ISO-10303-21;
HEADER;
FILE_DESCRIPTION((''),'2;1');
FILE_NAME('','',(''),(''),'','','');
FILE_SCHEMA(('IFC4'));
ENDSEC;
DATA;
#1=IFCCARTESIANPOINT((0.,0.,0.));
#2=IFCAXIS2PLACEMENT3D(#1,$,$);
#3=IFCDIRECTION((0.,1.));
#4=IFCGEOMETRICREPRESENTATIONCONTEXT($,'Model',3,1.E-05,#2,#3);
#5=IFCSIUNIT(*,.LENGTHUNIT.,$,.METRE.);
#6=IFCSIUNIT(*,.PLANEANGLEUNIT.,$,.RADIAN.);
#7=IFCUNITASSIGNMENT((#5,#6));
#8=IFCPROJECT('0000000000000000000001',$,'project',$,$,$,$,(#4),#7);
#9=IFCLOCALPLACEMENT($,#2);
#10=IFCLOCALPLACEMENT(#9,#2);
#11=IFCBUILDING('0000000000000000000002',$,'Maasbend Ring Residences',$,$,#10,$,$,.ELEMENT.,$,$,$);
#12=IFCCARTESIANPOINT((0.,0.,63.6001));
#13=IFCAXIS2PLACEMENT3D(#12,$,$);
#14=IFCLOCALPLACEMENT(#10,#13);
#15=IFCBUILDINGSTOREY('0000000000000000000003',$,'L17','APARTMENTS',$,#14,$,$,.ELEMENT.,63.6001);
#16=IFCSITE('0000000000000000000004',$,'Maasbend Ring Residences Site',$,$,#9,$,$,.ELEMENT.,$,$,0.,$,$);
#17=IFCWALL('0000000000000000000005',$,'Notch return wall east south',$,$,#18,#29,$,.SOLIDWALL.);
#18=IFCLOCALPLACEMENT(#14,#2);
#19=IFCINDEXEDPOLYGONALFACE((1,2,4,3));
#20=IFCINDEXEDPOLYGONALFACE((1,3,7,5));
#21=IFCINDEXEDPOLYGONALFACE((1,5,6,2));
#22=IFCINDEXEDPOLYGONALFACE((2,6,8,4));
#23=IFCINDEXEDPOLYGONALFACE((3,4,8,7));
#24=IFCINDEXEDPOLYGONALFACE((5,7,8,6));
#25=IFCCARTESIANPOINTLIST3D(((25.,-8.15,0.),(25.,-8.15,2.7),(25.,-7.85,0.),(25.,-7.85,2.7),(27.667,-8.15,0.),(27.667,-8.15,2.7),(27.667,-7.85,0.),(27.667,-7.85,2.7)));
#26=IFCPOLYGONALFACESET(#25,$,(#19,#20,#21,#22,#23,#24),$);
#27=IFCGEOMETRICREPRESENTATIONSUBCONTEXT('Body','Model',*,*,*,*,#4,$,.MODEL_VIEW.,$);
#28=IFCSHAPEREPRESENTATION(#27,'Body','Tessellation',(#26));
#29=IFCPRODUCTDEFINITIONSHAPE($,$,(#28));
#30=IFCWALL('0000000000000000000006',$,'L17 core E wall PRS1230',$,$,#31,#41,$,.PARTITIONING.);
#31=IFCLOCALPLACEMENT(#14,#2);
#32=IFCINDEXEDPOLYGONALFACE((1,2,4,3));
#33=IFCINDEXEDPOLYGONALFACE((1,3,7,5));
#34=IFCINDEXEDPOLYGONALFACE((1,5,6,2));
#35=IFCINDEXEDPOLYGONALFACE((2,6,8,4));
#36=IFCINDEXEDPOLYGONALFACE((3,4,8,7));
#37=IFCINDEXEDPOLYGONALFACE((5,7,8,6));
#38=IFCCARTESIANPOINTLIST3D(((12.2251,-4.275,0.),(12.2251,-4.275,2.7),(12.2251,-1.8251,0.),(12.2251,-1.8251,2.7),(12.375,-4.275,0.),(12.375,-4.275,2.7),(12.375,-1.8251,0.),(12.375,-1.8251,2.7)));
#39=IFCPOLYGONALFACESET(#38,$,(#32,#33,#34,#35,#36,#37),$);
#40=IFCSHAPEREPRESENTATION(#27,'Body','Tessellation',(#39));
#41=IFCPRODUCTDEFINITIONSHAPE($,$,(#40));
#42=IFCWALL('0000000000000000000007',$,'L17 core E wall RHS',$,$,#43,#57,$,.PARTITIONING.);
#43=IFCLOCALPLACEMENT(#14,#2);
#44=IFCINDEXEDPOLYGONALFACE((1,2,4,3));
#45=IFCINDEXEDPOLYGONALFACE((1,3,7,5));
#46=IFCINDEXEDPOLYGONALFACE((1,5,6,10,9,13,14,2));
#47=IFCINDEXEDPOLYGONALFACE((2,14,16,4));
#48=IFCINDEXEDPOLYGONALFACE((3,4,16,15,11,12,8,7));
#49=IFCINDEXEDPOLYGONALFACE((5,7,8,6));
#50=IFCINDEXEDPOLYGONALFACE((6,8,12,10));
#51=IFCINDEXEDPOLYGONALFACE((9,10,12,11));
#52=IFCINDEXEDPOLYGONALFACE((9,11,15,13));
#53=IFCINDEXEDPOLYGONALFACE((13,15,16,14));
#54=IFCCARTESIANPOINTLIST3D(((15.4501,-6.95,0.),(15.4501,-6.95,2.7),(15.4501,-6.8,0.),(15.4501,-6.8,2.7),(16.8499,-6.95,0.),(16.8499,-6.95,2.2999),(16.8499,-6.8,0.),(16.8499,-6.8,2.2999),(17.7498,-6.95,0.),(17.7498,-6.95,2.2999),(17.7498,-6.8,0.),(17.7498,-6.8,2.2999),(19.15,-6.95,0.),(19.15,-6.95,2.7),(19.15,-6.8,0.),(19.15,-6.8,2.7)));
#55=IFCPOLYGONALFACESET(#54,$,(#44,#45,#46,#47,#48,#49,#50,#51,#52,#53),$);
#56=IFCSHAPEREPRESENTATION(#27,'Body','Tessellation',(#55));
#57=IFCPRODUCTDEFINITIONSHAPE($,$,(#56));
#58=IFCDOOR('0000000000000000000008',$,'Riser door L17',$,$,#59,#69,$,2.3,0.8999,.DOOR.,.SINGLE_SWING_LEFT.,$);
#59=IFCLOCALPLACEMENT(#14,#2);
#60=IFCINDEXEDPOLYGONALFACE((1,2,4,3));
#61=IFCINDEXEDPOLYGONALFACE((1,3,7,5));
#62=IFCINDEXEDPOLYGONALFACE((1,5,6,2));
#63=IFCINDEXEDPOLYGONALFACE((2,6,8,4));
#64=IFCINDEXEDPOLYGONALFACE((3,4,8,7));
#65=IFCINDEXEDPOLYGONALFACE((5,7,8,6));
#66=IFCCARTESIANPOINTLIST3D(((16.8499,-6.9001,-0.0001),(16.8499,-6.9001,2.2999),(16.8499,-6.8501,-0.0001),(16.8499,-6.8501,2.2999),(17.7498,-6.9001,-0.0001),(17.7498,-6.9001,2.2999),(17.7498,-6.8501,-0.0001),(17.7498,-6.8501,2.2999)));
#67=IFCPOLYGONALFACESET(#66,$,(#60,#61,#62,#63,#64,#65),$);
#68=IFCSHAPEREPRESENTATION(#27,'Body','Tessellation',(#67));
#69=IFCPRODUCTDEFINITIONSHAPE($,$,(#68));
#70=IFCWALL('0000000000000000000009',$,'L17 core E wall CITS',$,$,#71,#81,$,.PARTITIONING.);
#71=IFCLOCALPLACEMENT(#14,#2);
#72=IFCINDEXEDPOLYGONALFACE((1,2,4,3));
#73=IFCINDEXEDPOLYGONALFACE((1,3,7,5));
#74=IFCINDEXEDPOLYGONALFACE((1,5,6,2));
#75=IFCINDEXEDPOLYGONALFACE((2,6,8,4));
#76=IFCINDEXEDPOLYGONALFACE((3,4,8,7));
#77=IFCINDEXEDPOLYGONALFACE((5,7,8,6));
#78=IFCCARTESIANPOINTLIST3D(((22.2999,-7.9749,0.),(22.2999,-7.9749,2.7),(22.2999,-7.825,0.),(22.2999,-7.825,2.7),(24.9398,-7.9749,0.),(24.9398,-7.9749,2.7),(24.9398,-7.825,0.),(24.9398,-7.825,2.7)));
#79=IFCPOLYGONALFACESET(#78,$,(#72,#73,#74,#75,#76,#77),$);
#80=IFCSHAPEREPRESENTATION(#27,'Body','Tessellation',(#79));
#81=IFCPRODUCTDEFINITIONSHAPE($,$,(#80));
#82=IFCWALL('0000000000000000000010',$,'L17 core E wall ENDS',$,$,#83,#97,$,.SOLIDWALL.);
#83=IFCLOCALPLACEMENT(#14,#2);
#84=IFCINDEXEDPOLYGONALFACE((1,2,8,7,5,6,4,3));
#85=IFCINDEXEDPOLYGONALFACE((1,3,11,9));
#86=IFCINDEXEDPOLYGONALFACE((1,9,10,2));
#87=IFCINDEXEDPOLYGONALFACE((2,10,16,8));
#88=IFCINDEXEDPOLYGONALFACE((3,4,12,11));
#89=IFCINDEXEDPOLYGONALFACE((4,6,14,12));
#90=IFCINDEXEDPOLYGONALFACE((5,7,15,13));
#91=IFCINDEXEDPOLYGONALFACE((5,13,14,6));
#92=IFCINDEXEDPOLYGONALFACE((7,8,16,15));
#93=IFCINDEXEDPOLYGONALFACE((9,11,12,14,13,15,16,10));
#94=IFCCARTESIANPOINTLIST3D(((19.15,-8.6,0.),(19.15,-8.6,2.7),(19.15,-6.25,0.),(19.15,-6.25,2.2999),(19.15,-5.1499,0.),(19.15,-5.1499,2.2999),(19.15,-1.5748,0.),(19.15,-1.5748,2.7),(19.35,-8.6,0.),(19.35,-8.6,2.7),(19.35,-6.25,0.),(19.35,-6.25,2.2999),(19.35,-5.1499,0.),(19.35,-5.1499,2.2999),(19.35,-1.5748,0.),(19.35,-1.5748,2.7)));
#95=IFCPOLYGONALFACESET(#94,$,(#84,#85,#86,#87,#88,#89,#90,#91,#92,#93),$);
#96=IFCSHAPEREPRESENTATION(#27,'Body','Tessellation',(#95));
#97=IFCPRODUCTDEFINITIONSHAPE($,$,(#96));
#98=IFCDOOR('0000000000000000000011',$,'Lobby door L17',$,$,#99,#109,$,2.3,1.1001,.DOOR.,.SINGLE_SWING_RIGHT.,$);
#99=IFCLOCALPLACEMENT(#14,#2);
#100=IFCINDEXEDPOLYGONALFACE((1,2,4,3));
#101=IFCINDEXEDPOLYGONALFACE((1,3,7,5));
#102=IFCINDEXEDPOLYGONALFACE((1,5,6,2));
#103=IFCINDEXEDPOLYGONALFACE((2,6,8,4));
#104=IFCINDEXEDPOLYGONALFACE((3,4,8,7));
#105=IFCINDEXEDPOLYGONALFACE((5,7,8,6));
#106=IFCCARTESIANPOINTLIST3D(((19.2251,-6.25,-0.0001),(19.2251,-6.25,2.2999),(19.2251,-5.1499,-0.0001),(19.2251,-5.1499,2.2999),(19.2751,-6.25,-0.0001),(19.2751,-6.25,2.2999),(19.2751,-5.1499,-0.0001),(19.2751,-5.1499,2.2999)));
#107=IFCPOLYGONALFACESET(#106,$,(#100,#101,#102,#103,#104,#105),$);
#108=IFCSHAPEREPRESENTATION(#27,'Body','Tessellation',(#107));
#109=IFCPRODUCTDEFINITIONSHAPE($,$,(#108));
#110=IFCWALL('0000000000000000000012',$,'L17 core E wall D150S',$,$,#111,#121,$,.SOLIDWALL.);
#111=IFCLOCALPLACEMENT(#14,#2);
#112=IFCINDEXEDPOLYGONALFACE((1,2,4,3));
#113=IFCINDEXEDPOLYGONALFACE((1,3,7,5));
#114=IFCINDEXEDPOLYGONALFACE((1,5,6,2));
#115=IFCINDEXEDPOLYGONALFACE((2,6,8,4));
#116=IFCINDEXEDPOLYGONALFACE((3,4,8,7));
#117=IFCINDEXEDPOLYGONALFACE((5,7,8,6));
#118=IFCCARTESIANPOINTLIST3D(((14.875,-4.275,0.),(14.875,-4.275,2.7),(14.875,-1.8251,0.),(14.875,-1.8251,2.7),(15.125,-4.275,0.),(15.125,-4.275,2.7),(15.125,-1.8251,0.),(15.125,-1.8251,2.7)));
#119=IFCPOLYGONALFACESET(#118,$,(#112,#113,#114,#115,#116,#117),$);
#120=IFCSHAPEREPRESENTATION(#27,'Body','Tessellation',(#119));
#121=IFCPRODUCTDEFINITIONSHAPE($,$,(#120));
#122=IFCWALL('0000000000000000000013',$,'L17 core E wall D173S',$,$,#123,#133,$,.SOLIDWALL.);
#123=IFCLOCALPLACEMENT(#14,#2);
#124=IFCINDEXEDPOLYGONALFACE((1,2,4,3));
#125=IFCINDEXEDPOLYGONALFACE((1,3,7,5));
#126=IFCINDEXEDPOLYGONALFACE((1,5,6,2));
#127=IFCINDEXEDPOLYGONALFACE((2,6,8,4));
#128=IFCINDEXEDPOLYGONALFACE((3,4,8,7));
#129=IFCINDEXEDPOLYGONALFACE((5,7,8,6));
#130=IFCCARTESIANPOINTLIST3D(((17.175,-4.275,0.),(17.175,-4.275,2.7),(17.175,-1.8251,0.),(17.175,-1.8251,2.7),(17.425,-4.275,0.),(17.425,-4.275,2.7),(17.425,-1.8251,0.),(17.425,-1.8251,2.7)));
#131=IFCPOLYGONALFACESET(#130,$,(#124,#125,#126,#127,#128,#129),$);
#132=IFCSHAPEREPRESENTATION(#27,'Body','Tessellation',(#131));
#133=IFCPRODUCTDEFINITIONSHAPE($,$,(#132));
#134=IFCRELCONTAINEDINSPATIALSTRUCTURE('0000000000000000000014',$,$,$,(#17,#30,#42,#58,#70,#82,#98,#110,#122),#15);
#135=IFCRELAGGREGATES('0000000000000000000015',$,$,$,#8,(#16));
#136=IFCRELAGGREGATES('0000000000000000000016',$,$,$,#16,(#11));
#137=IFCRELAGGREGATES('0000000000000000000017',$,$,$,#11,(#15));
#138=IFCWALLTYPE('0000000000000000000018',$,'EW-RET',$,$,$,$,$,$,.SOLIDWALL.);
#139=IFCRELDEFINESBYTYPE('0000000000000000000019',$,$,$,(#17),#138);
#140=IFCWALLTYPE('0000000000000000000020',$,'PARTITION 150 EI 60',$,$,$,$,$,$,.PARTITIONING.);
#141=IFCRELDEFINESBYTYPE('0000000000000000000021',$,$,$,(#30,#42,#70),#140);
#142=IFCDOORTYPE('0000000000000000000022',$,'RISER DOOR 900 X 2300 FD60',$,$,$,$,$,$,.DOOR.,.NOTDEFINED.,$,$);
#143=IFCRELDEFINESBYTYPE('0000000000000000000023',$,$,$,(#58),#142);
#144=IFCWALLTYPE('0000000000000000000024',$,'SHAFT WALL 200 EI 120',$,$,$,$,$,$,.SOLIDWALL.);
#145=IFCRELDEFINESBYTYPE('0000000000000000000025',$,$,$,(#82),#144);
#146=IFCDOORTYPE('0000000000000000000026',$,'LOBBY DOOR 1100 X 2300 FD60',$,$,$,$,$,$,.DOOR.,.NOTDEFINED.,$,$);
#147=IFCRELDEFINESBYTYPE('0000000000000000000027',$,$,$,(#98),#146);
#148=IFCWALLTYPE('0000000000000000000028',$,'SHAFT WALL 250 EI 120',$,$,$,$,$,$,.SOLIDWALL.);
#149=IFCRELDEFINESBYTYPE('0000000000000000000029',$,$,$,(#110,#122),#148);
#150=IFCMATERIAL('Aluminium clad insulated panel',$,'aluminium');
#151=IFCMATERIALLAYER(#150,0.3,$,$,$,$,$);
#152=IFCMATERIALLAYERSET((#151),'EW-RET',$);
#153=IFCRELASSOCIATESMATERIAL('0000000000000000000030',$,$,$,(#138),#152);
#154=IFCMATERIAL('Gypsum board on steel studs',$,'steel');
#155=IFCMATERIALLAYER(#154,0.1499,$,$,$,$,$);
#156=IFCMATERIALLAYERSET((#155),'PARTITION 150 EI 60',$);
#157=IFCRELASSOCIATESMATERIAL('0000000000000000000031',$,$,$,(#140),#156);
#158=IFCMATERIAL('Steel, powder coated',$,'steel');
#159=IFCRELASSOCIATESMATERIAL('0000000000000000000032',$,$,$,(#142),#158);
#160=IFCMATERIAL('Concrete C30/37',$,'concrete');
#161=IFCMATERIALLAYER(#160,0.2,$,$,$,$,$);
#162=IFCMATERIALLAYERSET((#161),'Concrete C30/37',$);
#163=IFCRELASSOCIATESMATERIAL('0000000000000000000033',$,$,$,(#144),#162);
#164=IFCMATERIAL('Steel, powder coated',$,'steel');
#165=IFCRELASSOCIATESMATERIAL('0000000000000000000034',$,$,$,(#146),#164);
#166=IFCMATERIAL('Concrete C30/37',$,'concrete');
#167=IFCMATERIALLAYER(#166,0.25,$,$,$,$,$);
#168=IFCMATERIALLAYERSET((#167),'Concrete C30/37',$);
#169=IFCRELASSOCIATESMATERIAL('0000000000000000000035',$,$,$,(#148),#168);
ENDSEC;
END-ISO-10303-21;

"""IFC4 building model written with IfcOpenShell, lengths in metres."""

from ifc_helpers import new_model, si_unit, direction, frame, frame_2d, origin, place, context, subcontext, project, spatial, rectangle, extrude, material, layer, layer_set, type_object, element, fill, save


model = new_model("IFC4")

# Units and contexts
model_context = context("Model", 3, precision=1e-05, world=origin(), true_north=direction((0.0, 1.0)))
body_context = subcontext(model_context, "Body", "Model", "MODEL_VIEW")
ifc_project = project(units=[si_unit("LENGTHUNIT", "METRE"), si_unit("PLANEANGLEUNIT", "RADIAN")], contexts=[model_context])

# Site, building, storey
site_placement = place(None, origin())
site = spatial("IfcSite", under=ifc_project, at=site_placement, Name="Maasbend Ring Residences Site", CompositionType="ELEMENT", RefElevation=0.0)
building_placement = place(site_placement, origin())
building = spatial("IfcBuilding", under=site, at=building_placement, Name="Maasbend Ring Residences", CompositionType="ELEMENT")
storey_placement = place(building_placement, frame((0.0, 0.0, 63.6001)))
storey = spatial("IfcBuildingStorey", under=building, at=storey_placement, Name="L17", Description="APARTMENTS", CompositionType="ELEMENT", Elevation=63.6001)

# Walls
ifc_material_1 = material(Name="Aluminium clad insulated panel", Category="aluminium")
ifc_layer_1 = layer(ifc_material_1, 0.3)
ifc_layer_set_1 = layer_set([ifc_layer_1], Name="EW-RET")
wall_type_1 = type_object("IfcWallType", Name="EW-RET", PredefinedType="SOLIDWALL", material=ifc_layer_set_1)
wall_1_placement = place(storey_placement, frame((25.0, -8.0, 0.0), z_axis=(0.0, 0.0, 1.0), x_axis=(1.0, 0.0, 0.0)))
element("IfcWall", 1, at=wall_1_placement, inside=storey, type_object=wall_type_1, Name="Notch return wall east south", PredefinedType="SOLIDWALL", context=body_context, shape_type="SweptSolid", body=[
    extrude(rectangle(XDim=2.667, YDim=0.3, at=frame_2d((1.3335, 0.0))), origin(), (0.0, 0.0, 1.0), 2.7),
])
ifc_material_2 = material(Name="Gypsum board on steel studs", Category="steel")
ifc_layer_2 = layer(ifc_material_2, 0.1499)
ifc_layer_set_2 = layer_set([ifc_layer_2], Name="PARTITION 150 EI 60")
wall_type_2 = type_object("IfcWallType", Name="PARTITION 150 EI 60", PredefinedType="PARTITIONING", material=ifc_layer_set_2)
wall_2_placement = place(storey_placement, frame((12.3, -1.825, 0.0), z_axis=(0.0, 0.0, 1.0), x_axis=(0.0, -1.0, 0.0)))
element("IfcWall", 2, at=wall_2_placement, inside=storey, type_object=wall_type_2, Name="L17 core E wall PRS1230", PredefinedType="PARTITIONING", context=body_context, shape_type="SweptSolid", body=[
    extrude(rectangle(XDim=2.45, YDim=0.1499, at=frame_2d((1.2251, 0.0))), origin(), (0.0, 0.0, 1.0), 2.7),
])

# Wall, opening, door
wall_3_placement = place(storey_placement, frame((15.45, -6.875, 0.0), z_axis=(0.0, 0.0, 1.0), x_axis=(1.0, 0.0, 0.0)))
wall_3 = element("IfcWall", 3, at=wall_3_placement, inside=storey, type_object=wall_type_2, Name="L17 core E wall RHS", PredefinedType="PARTITIONING", context=body_context, shape_type="SweptSolid", body=[
    extrude(rectangle(XDim=3.7, YDim=0.1499, at=frame_2d((1.8501, 0.0))), origin(), (0.0, 0.0, 1.0), 2.7),
])
opening_1_placement = place(wall_3_placement, frame((1.3999, 0.0, 0.0)))
opening_1 = element("IfcOpeningElement", 4, at=opening_1_placement, cuts=wall_3, PredefinedType="OPENING", context=body_context, shape_type="SweptSolid", body=[
    extrude(rectangle(XDim=0.8999, YDim=2.3, at=frame_2d((0.45, 1.1499))), frame((0.0, 0.085, 0.0), z_axis=(0.0, -1.0, 0.0), x_axis=(1.0, 0.0, 0.0)), (0.0, 0.0, 1.0), 0.1699),
])
ifc_material_3 = material(Name="Steel, powder coated", Category="steel")
door_type_1 = type_object("IfcDoorType", Name="RISER DOOR 900 X 2300 FD60", OperationType="NOTDEFINED", PredefinedType="DOOR", material=ifc_material_3)
door_1_placement = place(opening_1_placement, origin())
door_1 = element("IfcDoor", 5, at=door_1_placement, inside=storey, type_object=door_type_1, Name="Riser door L17", OperationType="SINGLE_SWING_LEFT", OverallHeight=2.3, OverallWidth=0.8999, PredefinedType="DOOR", context=body_context, shape_type="SweptSolid", body=[
    extrude(rectangle(XDim=0.8999, YDim=2.3, at=frame_2d((0.45, 1.1499))), frame((0.0, 0.0249, 0.0), z_axis=(0.0, -1.0, 0.0), x_axis=(1.0, 0.0, 0.0)), (0.0, 0.0, 1.0), 0.05),
])
fill(opening_1, door_1)

# Wall
wall_4_placement = place(storey_placement, frame((22.3, -7.8999, 0.0), z_axis=(0.0, 0.0, 1.0), x_axis=(1.0, 0.0, 0.0)))
element("IfcWall", 6, at=wall_4_placement, inside=storey, type_object=wall_type_2, Name="L17 core E wall CITS", PredefinedType="PARTITIONING", context=body_context, shape_type="SweptSolid", body=[
    extrude(rectangle(XDim=2.6399, YDim=0.1499, at=frame_2d((1.3198, 0.0))), origin(), (0.0, 0.0, 1.0), 2.7),
])

# Wall, opening, door
ifc_material_4 = material(Name="Concrete C30/37", Category="concrete")
ifc_layer_3 = layer(ifc_material_4, 0.2)
ifc_layer_set_3 = layer_set([ifc_layer_3], Name="Concrete C30/37")
wall_type_3 = type_object("IfcWallType", Name="SHAFT WALL 200 EI 120", PredefinedType="SOLIDWALL", material=ifc_layer_set_3)
wall_5_placement = place(storey_placement, frame((19.25, -8.6001, 0.0), z_axis=(0.0, 0.0, 1.0), x_axis=(0.0, 1.0, 0.0)))
wall_5 = element("IfcWall", 7, at=wall_5_placement, inside=storey, type_object=wall_type_3, Name="L17 core E wall ENDS", PredefinedType="SOLIDWALL", context=body_context, shape_type="SweptSolid", body=[
    extrude(rectangle(XDim=7.0251, YDim=0.2, at=frame_2d((3.5127, 0.0))), origin(), (0.0, 0.0, 1.0), 2.7),
])
opening_2_placement = place(wall_5_placement, frame((2.3501, 0.0, 0.0)))
opening_2 = element("IfcOpeningElement", 8, at=opening_2_placement, cuts=wall_5, PredefinedType="OPENING", context=body_context, shape_type="SweptSolid", body=[
    extrude(rectangle(XDim=1.1001, YDim=2.3, at=frame_2d((0.55, 1.1499))), frame((0.0, 0.1099, 0.0), z_axis=(0.0, -1.0, 0.0), x_axis=(1.0, 0.0, 0.0)), (0.0, 0.0, 1.0), 0.22),
])
ifc_material_5 = material(Name="Steel, powder coated", Category="steel")
door_type_2 = type_object("IfcDoorType", Name="LOBBY DOOR 1100 X 2300 FD60", OperationType="NOTDEFINED", PredefinedType="DOOR", material=ifc_material_5)
door_2_placement = place(opening_2_placement, origin())
door_2 = element("IfcDoor", 9, at=door_2_placement, inside=storey, type_object=door_type_2, Name="Lobby door L17", OperationType="SINGLE_SWING_RIGHT", OverallHeight=2.3, OverallWidth=1.1001, PredefinedType="DOOR", context=body_context, shape_type="SweptSolid", body=[
    extrude(rectangle(XDim=1.1001, YDim=2.3, at=frame_2d((0.55, 1.1499))), frame((0.0, 0.0249, 0.0), z_axis=(0.0, -1.0, 0.0), x_axis=(1.0, 0.0, 0.0)), (0.0, 0.0, 1.0), 0.05),
])
fill(opening_2, door_2)

# Walls
ifc_material_6 = material(Name="Concrete C30/37", Category="concrete")
ifc_layer_4 = layer(ifc_material_6, 0.25)
ifc_layer_set_4 = layer_set([ifc_layer_4], Name="Concrete C30/37")
wall_type_4 = type_object("IfcWallType", Name="SHAFT WALL 250 EI 120", PredefinedType="SOLIDWALL", material=ifc_layer_set_4)
for number, where, z_axis, x_axis, name in (
    (10, (15.0, -1.825, 0.0), (0.0, 0.0, 1.0), (0.0, -1.0, 0.0), "L17 core E wall D150S"),
    (11, (17.3, -1.825, 0.0), (0.0, 0.0, 1.0), (0.0, -1.0, 0.0), "L17 core E wall D173S"),
):
    element("IfcWall", number, at=place(storey_placement, frame(where, z_axis=z_axis, x_axis=x_axis)), inside=storey, type_object=wall_type_4, Name=name, PredefinedType="SOLIDWALL", context=body_context, shape_type="SweptSolid", body=[
        extrude(rectangle(XDim=2.45, YDim=0.25, at=frame_2d((1.2251, 0.0))), origin(), (0.0, 0.0, 1.0), 2.7),
    ])

save(model, "model.ifc")
